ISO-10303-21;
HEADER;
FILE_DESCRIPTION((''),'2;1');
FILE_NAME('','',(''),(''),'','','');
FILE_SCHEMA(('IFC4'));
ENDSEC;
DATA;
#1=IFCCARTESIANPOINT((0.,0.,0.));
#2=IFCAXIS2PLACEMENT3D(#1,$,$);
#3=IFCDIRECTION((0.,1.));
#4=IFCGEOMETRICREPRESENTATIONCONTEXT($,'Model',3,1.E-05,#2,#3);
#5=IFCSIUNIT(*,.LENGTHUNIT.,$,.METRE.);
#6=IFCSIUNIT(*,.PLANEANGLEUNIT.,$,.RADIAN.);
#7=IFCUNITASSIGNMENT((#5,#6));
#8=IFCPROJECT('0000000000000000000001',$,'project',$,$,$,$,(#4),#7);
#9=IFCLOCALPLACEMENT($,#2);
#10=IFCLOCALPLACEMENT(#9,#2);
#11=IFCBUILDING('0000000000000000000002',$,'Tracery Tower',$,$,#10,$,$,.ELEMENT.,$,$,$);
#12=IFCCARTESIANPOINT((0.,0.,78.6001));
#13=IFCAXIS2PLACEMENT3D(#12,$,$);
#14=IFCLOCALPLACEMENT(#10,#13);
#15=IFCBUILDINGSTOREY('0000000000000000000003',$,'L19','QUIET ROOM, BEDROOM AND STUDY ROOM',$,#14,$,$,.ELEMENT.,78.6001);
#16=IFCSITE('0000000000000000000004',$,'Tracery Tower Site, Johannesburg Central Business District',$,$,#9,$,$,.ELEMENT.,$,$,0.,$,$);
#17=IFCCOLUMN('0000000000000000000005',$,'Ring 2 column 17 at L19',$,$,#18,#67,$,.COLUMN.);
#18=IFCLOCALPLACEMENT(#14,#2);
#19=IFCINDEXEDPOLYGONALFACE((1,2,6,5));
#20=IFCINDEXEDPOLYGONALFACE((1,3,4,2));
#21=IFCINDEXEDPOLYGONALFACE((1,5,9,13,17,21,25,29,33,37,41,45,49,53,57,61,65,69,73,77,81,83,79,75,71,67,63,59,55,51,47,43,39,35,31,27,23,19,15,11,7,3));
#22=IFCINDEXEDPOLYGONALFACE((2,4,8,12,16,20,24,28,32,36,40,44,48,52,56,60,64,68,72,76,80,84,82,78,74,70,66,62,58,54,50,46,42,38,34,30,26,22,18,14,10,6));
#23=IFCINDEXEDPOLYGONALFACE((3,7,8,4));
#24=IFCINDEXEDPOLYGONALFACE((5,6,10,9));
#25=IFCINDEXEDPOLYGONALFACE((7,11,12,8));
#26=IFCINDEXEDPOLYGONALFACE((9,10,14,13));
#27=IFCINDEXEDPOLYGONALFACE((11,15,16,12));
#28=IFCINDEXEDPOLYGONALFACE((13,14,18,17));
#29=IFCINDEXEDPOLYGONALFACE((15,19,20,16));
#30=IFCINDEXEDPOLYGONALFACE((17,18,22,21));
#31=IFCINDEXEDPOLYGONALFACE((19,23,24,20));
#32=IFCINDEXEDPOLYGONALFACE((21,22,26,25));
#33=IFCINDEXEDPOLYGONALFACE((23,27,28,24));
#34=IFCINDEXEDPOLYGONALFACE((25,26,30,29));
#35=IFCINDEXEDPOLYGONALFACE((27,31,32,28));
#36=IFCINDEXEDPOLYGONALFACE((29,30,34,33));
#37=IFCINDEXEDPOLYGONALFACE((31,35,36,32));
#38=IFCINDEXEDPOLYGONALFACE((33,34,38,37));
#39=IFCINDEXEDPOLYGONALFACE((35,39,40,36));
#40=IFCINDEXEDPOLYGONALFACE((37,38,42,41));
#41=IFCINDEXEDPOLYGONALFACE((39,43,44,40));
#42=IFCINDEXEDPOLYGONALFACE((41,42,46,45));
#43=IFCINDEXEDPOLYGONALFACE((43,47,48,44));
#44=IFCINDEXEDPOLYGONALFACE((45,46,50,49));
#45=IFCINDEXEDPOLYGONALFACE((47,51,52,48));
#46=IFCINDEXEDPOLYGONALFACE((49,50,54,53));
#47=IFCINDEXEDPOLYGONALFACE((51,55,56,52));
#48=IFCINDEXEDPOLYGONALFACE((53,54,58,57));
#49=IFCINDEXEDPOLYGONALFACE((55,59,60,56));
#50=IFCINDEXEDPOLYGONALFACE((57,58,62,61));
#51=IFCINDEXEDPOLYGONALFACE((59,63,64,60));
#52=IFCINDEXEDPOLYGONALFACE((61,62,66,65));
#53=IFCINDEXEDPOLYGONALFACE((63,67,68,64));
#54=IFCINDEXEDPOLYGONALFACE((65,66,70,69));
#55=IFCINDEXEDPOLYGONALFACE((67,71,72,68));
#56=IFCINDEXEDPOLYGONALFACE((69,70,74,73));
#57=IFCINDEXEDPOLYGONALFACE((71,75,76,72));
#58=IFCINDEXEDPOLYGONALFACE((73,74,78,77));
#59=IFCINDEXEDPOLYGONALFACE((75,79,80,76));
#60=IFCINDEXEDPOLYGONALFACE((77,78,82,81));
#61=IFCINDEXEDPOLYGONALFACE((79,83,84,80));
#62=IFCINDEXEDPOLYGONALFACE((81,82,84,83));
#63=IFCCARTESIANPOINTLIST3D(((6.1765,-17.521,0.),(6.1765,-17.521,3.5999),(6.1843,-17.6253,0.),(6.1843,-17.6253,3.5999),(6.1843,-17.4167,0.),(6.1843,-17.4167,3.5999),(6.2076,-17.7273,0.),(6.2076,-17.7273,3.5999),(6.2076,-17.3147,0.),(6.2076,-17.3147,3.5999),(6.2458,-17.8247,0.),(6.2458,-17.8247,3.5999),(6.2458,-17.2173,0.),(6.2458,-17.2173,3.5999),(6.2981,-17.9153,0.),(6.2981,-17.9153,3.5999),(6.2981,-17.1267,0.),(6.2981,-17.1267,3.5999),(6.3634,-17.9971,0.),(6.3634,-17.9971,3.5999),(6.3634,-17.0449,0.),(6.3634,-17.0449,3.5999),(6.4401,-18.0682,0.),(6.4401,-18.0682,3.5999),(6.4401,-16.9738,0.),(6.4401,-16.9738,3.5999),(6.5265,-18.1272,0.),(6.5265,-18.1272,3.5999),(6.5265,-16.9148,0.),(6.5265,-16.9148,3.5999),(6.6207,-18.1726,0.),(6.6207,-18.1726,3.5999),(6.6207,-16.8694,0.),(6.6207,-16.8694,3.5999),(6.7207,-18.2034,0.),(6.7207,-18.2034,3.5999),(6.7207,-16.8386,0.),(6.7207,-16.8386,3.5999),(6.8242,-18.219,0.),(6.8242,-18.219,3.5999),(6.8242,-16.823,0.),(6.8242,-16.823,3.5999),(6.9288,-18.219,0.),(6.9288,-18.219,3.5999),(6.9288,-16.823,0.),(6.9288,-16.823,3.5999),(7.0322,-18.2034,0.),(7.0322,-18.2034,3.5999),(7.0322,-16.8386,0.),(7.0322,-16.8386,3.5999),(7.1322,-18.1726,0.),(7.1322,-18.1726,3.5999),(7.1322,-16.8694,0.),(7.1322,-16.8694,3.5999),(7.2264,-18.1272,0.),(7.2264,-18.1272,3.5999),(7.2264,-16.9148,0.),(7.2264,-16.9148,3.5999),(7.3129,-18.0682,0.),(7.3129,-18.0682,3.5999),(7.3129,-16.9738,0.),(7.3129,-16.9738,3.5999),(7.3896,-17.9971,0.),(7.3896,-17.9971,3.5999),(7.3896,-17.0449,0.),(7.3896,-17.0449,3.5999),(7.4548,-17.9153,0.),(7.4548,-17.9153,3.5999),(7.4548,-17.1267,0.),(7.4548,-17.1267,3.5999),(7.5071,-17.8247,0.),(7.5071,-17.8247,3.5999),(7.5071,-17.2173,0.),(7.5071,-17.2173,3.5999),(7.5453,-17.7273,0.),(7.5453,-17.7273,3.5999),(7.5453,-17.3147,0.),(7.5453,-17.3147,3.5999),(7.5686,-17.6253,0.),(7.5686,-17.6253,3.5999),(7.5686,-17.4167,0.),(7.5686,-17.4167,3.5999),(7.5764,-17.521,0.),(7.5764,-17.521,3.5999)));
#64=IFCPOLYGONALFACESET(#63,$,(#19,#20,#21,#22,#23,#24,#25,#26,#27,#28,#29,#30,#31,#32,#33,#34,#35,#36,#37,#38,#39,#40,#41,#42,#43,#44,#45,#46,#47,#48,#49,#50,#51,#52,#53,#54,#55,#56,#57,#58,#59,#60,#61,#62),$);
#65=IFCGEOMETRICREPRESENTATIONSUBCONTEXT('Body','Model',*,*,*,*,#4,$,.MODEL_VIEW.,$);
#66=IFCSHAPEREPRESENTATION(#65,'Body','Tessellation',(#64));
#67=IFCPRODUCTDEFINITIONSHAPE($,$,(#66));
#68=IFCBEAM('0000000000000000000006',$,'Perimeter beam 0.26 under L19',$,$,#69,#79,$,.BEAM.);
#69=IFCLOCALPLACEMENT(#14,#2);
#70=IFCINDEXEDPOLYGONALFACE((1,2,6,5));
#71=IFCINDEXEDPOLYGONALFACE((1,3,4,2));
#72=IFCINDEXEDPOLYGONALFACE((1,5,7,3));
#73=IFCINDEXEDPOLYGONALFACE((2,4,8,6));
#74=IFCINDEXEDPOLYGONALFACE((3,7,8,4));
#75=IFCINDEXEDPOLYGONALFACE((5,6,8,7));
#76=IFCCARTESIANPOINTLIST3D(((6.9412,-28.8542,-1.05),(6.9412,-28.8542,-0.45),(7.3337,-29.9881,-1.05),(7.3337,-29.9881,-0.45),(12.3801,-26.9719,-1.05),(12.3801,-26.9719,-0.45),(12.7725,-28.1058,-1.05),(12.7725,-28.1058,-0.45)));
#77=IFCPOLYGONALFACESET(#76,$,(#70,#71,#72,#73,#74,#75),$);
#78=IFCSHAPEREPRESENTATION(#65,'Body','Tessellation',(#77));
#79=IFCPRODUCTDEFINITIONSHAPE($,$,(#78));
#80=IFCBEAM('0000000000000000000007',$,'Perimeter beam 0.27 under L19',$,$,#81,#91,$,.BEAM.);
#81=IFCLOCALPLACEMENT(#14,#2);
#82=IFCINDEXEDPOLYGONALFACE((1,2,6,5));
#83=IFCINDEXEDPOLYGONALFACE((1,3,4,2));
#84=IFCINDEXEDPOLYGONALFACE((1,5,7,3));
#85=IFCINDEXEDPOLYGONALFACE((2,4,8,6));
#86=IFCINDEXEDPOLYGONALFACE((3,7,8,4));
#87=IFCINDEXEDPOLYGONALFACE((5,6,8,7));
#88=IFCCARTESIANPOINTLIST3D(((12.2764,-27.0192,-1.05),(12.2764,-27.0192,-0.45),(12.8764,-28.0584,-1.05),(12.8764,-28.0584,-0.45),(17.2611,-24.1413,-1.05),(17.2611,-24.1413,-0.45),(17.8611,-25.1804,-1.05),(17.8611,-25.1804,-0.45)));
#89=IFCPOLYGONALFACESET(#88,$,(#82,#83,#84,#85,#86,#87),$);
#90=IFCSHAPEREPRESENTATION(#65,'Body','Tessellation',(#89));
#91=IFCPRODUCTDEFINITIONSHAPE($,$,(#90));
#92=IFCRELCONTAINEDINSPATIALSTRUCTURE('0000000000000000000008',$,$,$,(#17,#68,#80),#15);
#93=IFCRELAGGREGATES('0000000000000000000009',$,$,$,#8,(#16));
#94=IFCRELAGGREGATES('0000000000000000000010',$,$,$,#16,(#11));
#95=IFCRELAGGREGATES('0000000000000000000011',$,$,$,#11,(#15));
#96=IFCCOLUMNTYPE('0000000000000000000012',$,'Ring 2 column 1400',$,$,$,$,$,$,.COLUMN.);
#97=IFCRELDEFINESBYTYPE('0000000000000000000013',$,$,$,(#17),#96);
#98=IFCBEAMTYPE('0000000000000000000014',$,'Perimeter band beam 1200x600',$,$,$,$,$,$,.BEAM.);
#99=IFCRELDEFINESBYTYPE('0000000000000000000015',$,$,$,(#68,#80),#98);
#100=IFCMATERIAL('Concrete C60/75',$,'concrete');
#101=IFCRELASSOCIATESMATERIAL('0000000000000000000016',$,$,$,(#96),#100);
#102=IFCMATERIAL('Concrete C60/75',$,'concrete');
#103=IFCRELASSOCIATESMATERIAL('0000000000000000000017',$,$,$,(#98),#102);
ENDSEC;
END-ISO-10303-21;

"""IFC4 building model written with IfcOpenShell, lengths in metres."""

from ifc_helpers import new_model, si_unit, direction, frame, origin, origin_2d, place, context, subcontext, project, spatial, rectangle, circle, extrude, material, material_profile, profile_set, type_object, element, save


model = new_model("IFC4")

# Units and contexts
model_context = context("Model", 3, precision=1e-05, world=origin(), true_north=direction((0.0, 1.0)))
body_context = subcontext(model_context, "Body", "Model", "MODEL_VIEW")
ifc_project = project(units=[si_unit("LENGTHUNIT", "METRE"), si_unit("PLANEANGLEUNIT", "RADIAN")], contexts=[model_context])

# Site, building, storey
site_placement = place(None, origin())
site = spatial("IfcSite", under=ifc_project, at=site_placement, Name="Tracery Tower Site, Johannesburg Central Business District", CompositionType="ELEMENT", RefElevation=0.0)
building_placement = place(site_placement, origin())
building = spatial("IfcBuilding", under=site, at=building_placement, Name="Tracery Tower", CompositionType="ELEMENT")
storey_placement = place(building_placement, frame((0.0, 0.0, 78.6001)))
storey = spatial("IfcBuildingStorey", under=building, at=storey_placement, Name="L19", Description="QUIET ROOM, BEDROOM AND STUDY ROOM", CompositionType="ELEMENT", Elevation=78.6001)

# Column
ifc_material_1 = material(Name="Concrete C60/75", Category="concrete")
ifc_material_profile_1 = material_profile(ifc_material_1, circle(Radius=0.7, at=origin_2d()), Name="RC D1400")
ifc_profile_set_1 = profile_set([ifc_material_profile_1], Name="Concrete C60/75")
column_type_1 = type_object("IfcColumnType", Name="Ring 2 column 1400", PredefinedType="COLUMN", material=ifc_profile_set_1)
column_placement = place(storey_placement, frame((6.8765, -17.521, 0.0), z_axis=(0.0, 0.0, 1.0), x_axis=(1.0, 0.0, 0.0)))
element("IfcColumn", 1, at=column_placement, inside=storey, type_object=column_type_1, Name="Ring 2 column 17 at L19", PredefinedType="COLUMN", context=body_context, shape_type="SweptSolid", body=[
    extrude(circle(Radius=0.7, at=origin_2d()), origin(), (0.0, 0.0, 1.0), 3.5999),
])

# Beams
ifc_material_2 = material(Name="Concrete C60/75", Category="concrete")
ifc_material_profile_2 = material_profile(ifc_material_2, rectangle(XDim=1.2, YDim=0.6001, at=origin_2d()), Name="RC 1200x600")
ifc_profile_set_2 = profile_set([ifc_material_profile_2], Name="Concrete C60/75")
beam_type = type_object("IfcBeamType", Name="Perimeter band beam 1200x600", PredefinedType="BEAM", material=ifc_profile_set_2)
beam_1_placement = place(storey_placement, frame((7.1375, -29.4211, -0.75), z_axis=(0.945007, 0.327049, 0.0), x_axis=(-0.327049, 0.945007, 0.0)))
element("IfcBeam", 2, at=beam_1_placement, inside=storey, type_object=beam_type, Name="Perimeter beam 0.26 under L19", PredefinedType="BEAM", context=body_context, shape_type="SweptSolid", body=[
    extrude(rectangle(XDim=1.2, YDim=0.6001, at=origin_2d()), origin(), (0.0, 0.0, 1.0), 5.7554),
])
beam_2_placement = place(storey_placement, frame((12.5764, -27.5388, -0.75), z_axis=(0.866021, 0.500008, 0.0), x_axis=(-0.500008, 0.866021, 0.0)))
element("IfcBeam", 3, at=beam_2_placement, inside=storey, type_object=beam_type, Name="Perimeter beam 0.27 under L19", PredefinedType="BEAM", context=body_context, shape_type="SweptSolid", body=[
    extrude(rectangle(XDim=1.2, YDim=0.6001, at=origin_2d()), origin(), (0.0, 0.0, 1.0), 5.7559),
])

save(model, "model.ifc")
